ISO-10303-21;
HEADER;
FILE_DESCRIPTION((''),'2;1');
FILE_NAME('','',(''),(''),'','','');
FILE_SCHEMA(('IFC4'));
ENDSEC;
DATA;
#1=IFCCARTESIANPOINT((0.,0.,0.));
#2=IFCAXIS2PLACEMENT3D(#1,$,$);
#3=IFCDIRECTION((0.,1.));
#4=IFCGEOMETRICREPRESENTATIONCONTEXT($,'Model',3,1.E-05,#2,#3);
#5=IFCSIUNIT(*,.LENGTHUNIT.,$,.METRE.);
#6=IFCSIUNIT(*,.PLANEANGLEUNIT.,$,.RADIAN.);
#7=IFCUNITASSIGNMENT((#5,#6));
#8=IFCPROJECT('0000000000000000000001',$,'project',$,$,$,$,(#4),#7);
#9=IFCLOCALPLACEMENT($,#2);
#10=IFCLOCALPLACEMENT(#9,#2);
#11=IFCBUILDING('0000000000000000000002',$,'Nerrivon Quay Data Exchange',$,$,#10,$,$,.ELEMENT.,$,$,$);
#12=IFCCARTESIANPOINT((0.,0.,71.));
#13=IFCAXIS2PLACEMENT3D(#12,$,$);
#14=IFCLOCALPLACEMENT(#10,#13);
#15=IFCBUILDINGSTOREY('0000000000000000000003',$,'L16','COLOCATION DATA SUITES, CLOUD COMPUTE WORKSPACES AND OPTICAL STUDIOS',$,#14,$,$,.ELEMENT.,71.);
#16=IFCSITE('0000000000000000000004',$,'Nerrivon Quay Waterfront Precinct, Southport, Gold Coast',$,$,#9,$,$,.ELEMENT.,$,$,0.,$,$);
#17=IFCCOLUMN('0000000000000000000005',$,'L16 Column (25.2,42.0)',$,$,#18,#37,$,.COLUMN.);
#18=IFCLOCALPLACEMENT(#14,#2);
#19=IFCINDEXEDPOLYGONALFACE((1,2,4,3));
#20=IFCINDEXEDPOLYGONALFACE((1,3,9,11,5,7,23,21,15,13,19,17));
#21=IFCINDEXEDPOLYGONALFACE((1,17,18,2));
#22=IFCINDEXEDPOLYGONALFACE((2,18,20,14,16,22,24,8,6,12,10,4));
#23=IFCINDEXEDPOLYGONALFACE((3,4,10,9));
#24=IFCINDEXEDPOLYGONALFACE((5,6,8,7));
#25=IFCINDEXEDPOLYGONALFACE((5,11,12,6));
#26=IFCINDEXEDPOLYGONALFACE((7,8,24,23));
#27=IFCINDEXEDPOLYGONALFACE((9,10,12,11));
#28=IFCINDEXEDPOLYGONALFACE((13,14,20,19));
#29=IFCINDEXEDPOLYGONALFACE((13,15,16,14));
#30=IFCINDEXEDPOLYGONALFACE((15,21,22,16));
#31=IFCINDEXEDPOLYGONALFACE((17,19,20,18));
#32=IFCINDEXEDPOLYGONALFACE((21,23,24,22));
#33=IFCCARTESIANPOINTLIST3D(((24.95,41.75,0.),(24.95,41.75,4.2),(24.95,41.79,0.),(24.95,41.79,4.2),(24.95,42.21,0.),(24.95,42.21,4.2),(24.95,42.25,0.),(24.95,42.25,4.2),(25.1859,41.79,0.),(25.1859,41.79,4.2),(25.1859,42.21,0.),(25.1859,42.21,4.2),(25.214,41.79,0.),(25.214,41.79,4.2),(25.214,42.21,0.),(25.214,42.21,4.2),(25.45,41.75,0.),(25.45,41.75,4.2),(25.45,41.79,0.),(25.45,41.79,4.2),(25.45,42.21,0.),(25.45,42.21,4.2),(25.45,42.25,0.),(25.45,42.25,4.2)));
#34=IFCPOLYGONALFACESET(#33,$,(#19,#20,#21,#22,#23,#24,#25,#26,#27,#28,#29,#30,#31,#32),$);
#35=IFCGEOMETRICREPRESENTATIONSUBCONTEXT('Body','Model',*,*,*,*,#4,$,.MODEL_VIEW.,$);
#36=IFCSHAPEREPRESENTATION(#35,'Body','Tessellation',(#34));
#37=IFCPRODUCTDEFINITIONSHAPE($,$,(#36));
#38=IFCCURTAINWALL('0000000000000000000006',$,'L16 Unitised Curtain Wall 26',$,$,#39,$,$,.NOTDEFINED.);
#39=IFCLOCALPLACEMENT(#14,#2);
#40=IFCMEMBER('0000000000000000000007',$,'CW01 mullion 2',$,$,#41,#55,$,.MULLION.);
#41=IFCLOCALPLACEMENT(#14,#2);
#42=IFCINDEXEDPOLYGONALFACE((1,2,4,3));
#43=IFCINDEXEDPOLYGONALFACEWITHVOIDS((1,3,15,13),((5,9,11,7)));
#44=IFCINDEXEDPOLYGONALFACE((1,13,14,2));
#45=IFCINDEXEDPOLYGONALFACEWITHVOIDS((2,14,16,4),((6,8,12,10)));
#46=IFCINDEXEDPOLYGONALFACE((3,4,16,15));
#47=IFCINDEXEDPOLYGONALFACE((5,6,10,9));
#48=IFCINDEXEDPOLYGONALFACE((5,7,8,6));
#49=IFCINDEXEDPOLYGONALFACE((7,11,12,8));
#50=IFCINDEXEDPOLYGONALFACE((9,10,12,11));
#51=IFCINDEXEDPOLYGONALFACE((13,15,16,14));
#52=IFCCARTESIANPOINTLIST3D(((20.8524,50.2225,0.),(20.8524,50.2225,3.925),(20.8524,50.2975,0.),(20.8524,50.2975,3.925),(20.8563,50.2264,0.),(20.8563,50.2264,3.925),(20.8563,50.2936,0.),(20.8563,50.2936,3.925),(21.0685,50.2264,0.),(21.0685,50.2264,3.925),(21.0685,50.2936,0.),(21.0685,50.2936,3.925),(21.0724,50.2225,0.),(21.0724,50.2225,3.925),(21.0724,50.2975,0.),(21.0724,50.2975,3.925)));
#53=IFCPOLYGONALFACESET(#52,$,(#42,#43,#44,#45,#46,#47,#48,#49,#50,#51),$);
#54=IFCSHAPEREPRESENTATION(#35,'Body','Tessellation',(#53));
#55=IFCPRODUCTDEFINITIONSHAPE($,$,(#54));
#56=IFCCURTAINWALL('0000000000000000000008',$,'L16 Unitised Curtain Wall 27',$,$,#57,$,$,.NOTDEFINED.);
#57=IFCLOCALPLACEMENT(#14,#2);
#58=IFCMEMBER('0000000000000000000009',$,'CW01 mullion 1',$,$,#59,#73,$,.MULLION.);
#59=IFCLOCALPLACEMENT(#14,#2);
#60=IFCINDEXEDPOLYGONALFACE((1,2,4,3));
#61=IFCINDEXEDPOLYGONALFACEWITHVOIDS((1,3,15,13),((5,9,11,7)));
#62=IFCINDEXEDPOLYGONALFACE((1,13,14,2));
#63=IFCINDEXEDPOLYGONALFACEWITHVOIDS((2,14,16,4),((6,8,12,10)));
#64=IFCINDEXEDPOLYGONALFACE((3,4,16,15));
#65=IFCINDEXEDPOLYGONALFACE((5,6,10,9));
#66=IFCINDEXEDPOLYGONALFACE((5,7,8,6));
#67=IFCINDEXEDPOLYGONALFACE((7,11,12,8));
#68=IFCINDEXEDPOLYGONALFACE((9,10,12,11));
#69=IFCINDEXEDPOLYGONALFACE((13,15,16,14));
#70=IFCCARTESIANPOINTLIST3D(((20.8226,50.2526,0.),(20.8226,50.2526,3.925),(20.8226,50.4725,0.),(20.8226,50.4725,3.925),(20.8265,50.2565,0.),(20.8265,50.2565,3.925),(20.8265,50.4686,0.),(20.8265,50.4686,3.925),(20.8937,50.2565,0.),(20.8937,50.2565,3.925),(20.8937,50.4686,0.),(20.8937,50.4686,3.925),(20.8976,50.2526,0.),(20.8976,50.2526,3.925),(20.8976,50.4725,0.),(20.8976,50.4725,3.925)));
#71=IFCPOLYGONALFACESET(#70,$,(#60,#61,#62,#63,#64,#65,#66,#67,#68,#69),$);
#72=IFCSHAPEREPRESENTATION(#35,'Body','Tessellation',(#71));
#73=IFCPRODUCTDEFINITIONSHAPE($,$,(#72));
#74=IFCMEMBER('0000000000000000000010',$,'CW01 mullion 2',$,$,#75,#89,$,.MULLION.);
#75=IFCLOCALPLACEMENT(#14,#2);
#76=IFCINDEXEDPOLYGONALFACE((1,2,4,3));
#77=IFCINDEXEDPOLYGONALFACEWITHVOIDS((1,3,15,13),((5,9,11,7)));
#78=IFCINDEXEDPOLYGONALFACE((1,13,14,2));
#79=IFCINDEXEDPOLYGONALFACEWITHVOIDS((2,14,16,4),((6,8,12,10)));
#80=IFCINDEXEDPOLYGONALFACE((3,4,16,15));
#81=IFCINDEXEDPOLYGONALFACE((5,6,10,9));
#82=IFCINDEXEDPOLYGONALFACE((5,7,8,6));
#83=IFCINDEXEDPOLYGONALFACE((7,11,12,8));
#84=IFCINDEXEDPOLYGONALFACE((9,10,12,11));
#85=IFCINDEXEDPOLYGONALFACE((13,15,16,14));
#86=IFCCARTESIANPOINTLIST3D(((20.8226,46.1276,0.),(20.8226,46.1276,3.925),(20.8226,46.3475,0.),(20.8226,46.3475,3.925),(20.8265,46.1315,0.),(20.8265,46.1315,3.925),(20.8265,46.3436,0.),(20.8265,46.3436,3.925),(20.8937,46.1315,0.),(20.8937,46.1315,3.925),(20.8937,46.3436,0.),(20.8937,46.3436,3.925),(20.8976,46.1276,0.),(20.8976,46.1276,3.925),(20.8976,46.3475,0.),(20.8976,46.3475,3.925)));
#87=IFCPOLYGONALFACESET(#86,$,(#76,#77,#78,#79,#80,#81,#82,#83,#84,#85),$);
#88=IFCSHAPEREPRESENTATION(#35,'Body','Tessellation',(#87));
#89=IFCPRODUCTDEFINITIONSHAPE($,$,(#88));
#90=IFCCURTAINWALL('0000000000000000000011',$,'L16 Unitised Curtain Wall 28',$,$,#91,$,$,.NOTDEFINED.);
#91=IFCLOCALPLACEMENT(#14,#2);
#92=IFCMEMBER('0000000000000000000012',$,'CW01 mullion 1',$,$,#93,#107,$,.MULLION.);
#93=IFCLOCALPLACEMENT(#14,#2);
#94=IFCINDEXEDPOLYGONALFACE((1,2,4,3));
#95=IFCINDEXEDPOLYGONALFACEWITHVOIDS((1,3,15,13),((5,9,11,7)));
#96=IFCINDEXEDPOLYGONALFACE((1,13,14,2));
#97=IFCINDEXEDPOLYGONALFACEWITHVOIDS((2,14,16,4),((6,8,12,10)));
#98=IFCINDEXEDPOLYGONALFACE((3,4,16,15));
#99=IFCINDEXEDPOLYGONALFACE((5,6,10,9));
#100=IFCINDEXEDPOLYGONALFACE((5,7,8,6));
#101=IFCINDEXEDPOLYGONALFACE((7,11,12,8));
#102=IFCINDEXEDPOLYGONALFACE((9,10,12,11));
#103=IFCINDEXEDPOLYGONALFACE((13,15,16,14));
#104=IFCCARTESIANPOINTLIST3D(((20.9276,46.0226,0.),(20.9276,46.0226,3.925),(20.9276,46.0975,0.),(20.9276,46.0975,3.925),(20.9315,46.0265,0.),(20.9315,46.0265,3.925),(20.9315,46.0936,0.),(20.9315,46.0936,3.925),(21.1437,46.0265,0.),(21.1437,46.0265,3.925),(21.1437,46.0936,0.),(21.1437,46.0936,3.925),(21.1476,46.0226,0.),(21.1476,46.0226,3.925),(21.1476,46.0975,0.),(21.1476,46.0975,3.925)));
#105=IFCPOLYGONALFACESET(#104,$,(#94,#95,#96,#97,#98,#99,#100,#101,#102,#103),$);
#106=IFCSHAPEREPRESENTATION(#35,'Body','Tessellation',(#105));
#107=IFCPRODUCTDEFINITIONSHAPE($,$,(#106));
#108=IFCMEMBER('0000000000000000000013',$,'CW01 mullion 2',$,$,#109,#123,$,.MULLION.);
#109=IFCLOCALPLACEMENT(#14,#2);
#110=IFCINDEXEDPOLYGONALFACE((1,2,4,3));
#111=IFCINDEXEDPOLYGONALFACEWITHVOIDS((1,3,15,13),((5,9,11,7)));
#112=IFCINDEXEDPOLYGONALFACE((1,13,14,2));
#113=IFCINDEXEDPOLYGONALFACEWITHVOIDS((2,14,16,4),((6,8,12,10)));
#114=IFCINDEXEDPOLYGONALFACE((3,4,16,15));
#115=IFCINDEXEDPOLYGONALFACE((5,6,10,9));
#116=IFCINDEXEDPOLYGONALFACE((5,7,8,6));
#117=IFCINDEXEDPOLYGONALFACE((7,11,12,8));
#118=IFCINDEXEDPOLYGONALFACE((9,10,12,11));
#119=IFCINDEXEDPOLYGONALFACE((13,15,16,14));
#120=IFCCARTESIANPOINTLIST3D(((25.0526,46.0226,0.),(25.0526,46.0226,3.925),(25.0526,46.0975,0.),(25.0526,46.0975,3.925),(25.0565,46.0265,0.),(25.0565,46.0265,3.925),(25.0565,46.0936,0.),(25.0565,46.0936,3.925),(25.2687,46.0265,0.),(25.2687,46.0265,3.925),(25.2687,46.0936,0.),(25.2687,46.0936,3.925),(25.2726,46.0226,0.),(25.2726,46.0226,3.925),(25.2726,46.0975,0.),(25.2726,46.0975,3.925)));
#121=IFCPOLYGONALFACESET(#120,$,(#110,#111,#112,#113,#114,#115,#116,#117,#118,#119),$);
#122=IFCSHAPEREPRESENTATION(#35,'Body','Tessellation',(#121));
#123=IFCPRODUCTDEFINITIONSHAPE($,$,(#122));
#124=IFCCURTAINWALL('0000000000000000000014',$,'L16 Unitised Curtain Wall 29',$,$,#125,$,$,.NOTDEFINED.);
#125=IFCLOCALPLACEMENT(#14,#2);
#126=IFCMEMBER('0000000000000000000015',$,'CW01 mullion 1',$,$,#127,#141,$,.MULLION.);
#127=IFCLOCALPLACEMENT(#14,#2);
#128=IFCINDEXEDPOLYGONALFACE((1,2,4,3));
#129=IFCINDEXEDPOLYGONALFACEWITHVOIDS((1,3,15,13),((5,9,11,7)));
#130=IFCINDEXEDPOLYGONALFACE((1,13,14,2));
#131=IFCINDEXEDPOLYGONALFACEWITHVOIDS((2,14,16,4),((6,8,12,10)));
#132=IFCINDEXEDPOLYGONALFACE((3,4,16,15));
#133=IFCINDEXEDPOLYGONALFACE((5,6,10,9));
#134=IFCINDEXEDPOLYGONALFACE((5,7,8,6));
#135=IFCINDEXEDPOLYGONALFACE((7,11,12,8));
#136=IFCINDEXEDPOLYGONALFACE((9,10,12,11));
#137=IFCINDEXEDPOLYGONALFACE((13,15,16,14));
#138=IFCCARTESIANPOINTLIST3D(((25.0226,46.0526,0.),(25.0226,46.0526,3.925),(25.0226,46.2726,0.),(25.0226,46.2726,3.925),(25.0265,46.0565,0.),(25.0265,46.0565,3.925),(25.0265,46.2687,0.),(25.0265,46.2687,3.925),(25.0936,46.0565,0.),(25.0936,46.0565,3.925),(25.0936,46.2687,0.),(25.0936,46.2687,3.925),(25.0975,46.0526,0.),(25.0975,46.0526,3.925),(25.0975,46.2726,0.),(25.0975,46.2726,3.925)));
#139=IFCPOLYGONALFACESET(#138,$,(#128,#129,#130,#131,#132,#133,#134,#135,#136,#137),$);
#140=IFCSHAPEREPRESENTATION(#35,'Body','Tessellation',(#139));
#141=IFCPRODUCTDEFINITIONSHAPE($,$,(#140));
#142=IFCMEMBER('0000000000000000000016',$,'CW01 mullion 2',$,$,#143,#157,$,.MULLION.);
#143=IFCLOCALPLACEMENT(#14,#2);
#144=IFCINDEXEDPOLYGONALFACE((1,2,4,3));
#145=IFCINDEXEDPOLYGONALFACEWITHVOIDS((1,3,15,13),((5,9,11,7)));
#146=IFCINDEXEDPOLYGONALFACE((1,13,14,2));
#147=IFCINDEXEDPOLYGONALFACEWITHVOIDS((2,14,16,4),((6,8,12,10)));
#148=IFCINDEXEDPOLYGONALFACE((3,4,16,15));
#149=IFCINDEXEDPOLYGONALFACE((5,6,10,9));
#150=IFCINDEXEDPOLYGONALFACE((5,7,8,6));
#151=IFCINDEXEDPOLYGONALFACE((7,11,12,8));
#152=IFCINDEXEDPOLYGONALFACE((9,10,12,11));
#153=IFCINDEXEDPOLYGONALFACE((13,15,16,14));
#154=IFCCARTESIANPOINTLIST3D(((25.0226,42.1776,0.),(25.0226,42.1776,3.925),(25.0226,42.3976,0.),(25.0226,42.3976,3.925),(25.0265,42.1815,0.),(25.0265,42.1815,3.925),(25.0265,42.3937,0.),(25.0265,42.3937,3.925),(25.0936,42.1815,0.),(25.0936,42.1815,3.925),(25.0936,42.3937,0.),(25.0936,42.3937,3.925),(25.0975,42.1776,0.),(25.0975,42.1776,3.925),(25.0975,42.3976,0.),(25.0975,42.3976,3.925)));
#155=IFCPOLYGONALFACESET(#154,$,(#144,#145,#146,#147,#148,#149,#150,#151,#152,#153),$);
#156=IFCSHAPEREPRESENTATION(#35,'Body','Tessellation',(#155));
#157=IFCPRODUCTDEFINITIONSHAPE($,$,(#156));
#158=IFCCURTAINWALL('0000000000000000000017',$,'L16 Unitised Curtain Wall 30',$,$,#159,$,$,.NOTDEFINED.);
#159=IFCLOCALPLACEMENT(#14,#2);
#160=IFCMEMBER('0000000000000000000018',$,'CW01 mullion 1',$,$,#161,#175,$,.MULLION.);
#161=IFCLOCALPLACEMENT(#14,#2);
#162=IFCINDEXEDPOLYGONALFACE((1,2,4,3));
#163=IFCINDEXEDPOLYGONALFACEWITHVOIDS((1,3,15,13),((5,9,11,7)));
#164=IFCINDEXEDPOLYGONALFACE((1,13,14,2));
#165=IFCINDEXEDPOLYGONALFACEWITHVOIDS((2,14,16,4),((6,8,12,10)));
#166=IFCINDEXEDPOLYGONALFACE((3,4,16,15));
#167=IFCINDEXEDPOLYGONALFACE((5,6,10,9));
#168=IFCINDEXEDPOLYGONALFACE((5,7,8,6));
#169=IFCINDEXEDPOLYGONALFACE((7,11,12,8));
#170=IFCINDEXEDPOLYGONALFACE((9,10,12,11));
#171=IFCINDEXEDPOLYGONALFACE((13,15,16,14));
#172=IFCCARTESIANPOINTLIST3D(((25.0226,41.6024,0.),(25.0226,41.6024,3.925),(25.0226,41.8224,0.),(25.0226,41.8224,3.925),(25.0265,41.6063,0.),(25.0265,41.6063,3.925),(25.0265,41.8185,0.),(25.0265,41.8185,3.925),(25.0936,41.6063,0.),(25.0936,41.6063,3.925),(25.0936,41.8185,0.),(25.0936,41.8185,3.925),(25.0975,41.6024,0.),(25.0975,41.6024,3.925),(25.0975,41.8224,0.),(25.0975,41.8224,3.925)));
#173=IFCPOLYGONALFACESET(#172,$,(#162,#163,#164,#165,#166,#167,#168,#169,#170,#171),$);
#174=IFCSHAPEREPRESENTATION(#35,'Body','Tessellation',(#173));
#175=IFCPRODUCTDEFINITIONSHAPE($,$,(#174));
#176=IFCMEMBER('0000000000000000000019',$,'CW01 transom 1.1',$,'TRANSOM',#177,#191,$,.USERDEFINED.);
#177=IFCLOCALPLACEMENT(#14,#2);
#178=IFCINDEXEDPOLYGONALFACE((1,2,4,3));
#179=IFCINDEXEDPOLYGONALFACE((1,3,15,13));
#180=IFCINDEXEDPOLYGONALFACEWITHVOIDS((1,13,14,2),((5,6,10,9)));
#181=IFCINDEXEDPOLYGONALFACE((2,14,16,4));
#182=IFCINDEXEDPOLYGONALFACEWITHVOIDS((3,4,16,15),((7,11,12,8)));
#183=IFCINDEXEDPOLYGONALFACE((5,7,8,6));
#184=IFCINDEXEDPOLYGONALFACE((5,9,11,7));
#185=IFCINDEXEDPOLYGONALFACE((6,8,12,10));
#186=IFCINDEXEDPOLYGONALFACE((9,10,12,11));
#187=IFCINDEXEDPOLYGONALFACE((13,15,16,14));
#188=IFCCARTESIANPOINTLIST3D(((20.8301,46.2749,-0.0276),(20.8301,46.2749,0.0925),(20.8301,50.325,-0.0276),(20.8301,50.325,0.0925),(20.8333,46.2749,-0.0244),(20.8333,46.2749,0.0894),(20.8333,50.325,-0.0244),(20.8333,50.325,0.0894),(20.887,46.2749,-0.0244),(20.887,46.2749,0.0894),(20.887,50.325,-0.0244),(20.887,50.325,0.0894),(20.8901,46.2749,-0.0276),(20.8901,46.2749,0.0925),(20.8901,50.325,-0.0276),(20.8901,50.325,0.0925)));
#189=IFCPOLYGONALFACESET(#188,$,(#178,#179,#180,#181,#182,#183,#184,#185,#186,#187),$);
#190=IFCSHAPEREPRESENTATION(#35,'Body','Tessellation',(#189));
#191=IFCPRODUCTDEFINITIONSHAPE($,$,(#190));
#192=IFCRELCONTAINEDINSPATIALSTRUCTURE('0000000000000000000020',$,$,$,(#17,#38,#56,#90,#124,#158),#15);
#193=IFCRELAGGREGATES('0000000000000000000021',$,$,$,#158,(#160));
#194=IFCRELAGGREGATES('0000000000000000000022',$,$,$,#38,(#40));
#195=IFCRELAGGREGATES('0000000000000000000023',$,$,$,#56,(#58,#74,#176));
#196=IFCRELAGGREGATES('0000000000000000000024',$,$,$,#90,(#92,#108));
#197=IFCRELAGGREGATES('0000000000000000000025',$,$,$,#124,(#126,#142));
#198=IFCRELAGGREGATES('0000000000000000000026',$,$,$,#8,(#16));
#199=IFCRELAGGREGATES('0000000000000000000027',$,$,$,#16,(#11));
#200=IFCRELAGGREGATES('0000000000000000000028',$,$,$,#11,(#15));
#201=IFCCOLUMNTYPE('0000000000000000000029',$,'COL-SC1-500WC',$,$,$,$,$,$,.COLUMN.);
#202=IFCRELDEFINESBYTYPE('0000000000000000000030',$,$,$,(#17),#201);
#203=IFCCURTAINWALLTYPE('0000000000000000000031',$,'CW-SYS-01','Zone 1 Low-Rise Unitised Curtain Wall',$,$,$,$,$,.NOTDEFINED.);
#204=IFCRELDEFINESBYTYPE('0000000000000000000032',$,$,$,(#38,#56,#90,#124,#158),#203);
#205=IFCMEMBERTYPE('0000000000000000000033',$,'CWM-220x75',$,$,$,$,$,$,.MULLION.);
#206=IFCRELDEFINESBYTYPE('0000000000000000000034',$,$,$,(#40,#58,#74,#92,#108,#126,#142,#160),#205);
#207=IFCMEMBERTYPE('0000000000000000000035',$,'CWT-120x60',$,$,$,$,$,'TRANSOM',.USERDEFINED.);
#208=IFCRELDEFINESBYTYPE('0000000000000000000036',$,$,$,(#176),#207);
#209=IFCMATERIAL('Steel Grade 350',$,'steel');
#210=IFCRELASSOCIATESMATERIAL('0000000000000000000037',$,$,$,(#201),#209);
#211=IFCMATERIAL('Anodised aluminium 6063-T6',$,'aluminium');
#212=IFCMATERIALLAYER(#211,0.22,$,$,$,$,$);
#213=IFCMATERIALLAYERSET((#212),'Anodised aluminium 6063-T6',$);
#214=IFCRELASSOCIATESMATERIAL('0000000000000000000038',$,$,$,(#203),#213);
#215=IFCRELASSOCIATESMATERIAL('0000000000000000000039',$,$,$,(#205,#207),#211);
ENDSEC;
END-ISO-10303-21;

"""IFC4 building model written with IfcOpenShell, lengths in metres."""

from ifc_helpers import new_model, si_unit, direction, frame, origin, origin_2d, place, context, subcontext, project, spatial, hollow_rectangle, i_section, extrude, material, layer, layer_set, material_profile, profile_set, type_object, element, aggregate, save


model = new_model("IFC4")

# Units and contexts
model_context = context("Model", 3, precision=1e-05, world=origin(), true_north=direction((0.0, 1.0)))
body_context = subcontext(model_context, "Body", "Model", "MODEL_VIEW")
ifc_project = project(units=[si_unit("LENGTHUNIT", "METRE"), si_unit("PLANEANGLEUNIT", "RADIAN")], contexts=[model_context])

# Site, building, storey
site_placement = place(None, origin())
site = spatial("IfcSite", under=ifc_project, at=site_placement, Name="Nerrivon Quay Waterfront Precinct, Southport, Gold Coast", CompositionType="ELEMENT", RefElevation=0.0)
building_placement = place(site_placement, origin())
building = spatial("IfcBuilding", under=site, at=building_placement, Name="Nerrivon Quay Data Exchange", CompositionType="ELEMENT")
storey_placement = place(building_placement, frame((0.0, 0.0, 71.0)))
storey = spatial("IfcBuildingStorey", under=building, at=storey_placement, Name="L16", Description="COLOCATION DATA SUITES, CLOUD COMPUTE WORKSPACES AND OPTICAL STUDIOS", CompositionType="ELEMENT", Elevation=71.0)

# Column
ifc_material_1 = material(Name="Steel Grade 350", Category="steel")
ifc_material_profile_1 = material_profile(ifc_material_1, i_section(OverallWidth=0.5, OverallDepth=0.5, WebThickness=0.0281, FlangeThickness=0.04, at=origin_2d()), Name="500WC440")
ifc_profile_set_1 = profile_set([ifc_material_profile_1], Name="Steel Grade 350")
column_type = type_object("IfcColumnType", Name="COL-SC1-500WC", PredefinedType="COLUMN", material=ifc_profile_set_1)
column_placement = place(storey_placement, frame((25.2, 42.0, 0.0), z_axis=(0.0, 0.0, 1.0), x_axis=(1.0, 0.0, 0.0)))
element("IfcColumn", 1, at=column_placement, inside=storey, type_object=column_type, Name="L16 Column (25.2,42.0)", PredefinedType="COLUMN", context=body_context, shape_type="SweptSolid", body=[
    extrude(i_section(OverallWidth=0.5, OverallDepth=0.5, WebThickness=0.0281, FlangeThickness=0.04, at=origin_2d()), origin(), (0.0, 0.0, 1.0), 4.2),
])

# Curtain wall, member
ifc_material_2 = material(Name="Anodised aluminium 6063-T6", Category="aluminium")
ifc_layer_1 = layer(ifc_material_2, 0.22)
ifc_layer_set_1 = layer_set([ifc_layer_1], Name="Anodised aluminium 6063-T6")
curtain_wall_type = type_object("IfcCurtainWallType", Name="CW-SYS-01", Description="Zone 1 Low-Rise Unitised Curtain Wall", PredefinedType="NOTDEFINED", material=ifc_layer_set_1)
curtain_wall_1_placement = place(storey_placement, origin())
curtain_wall_1 = element("IfcCurtainWall", 2, at=curtain_wall_1_placement, inside=storey, type_object=curtain_wall_type, Name="L16 Unitised Curtain Wall 26", PredefinedType="NOTDEFINED")
ifc_material_profile_2 = material_profile(ifc_material_2, hollow_rectangle(XDim=0.075, YDim=0.22, WallThickness=0.0039, at=origin_2d()), Name="ALU-MULL-220x75")
ifc_profile_set_2 = profile_set([ifc_material_profile_2], Name="Anodised aluminium 6063-T6")
member_type_1 = type_object("IfcMemberType", Name="CWM-220x75", PredefinedType="MULLION", material=ifc_profile_set_2)
member_1_placement = place(storey_placement, frame((20.9624, 50.26, 0.0), z_axis=(0.0, 0.0, 1.0), x_axis=(0.0, 1.0, 0.0)))
member_1 = element("IfcMember", 3, at=member_1_placement, type_object=member_type_1, Name="CW01 mullion 2", PredefinedType="MULLION", context=body_context, shape_type="SweptSolid", body=[
    extrude(hollow_rectangle(XDim=0.075, YDim=0.22, WallThickness=0.0039, at=origin_2d()), origin(), (0.0, 0.0, 1.0), 3.925),
])

# Curtain walls, members
curtain_wall_2_placement = place(storey_placement, origin())
curtain_wall_2 = element("IfcCurtainWall", 4, at=curtain_wall_2_placement, inside=storey, type_object=curtain_wall_type, Name="L16 Unitised Curtain Wall 27", PredefinedType="NOTDEFINED")
member_2_placement = place(storey_placement, frame((20.8601, 50.3625, 0.0), z_axis=(0.0, 0.0, 1.0), x_axis=(1.0, 0.0, 0.0)))
member_2 = element("IfcMember", 5, at=member_2_placement, type_object=member_type_1, Name="CW01 mullion 1", PredefinedType="MULLION", context=body_context, shape_type="SweptSolid", body=[
    extrude(hollow_rectangle(XDim=0.075, YDim=0.22, WallThickness=0.0039, at=origin_2d()), origin(), (0.0, 0.0, 1.0), 3.925),
])
member_3_placement = place(storey_placement, frame((20.8601, 46.2375, 0.0), z_axis=(0.0, 0.0, 1.0), x_axis=(1.0, 0.0, 0.0)))
member_3 = element("IfcMember", 6, at=member_3_placement, type_object=member_type_1, Name="CW01 mullion 2", PredefinedType="MULLION", context=body_context, shape_type="SweptSolid", body=[
    extrude(hollow_rectangle(XDim=0.075, YDim=0.22, WallThickness=0.0039, at=origin_2d()), origin(), (0.0, 0.0, 1.0), 3.925),
])
curtain_wall_3_placement = place(storey_placement, origin())
curtain_wall_3 = element("IfcCurtainWall", 7, at=curtain_wall_3_placement, inside=storey, type_object=curtain_wall_type, Name="L16 Unitised Curtain Wall 28", PredefinedType="NOTDEFINED")
member_4_placement = place(storey_placement, frame((21.0376, 46.0601, 0.0), z_axis=(0.0, 0.0, 1.0), x_axis=(0.0, 1.0, 0.0)))
member_4 = element("IfcMember", 8, at=member_4_placement, type_object=member_type_1, Name="CW01 mullion 1", PredefinedType="MULLION", context=body_context, shape_type="SweptSolid", body=[
    extrude(hollow_rectangle(XDim=0.075, YDim=0.22, WallThickness=0.0039, at=origin_2d()), origin(), (0.0, 0.0, 1.0), 3.925),
])
member_5_placement = place(storey_placement, frame((25.1626, 46.0601, 0.0), z_axis=(0.0, 0.0, 1.0), x_axis=(0.0, 1.0, 0.0)))
member_5 = element("IfcMember", 9, at=member_5_placement, type_object=member_type_1, Name="CW01 mullion 2", PredefinedType="MULLION", context=body_context, shape_type="SweptSolid", body=[
    extrude(hollow_rectangle(XDim=0.075, YDim=0.22, WallThickness=0.0039, at=origin_2d()), origin(), (0.0, 0.0, 1.0), 3.925),
])
curtain_wall_4_placement = place(storey_placement, origin())
curtain_wall_4 = element("IfcCurtainWall", 10, at=curtain_wall_4_placement, inside=storey, type_object=curtain_wall_type, Name="L16 Unitised Curtain Wall 29", PredefinedType="NOTDEFINED")
member_6_placement = place(storey_placement, frame((25.0601, 46.1626, 0.0), z_axis=(0.0, 0.0, 1.0), x_axis=(1.0, 0.0, 0.0)))
member_6 = element("IfcMember", 11, at=member_6_placement, type_object=member_type_1, Name="CW01 mullion 1", PredefinedType="MULLION", context=body_context, shape_type="SweptSolid", body=[
    extrude(hollow_rectangle(XDim=0.075, YDim=0.22, WallThickness=0.0039, at=origin_2d()), origin(), (0.0, 0.0, 1.0), 3.925),
])
member_7_placement = place(storey_placement, frame((25.0601, 42.2876, 0.0), z_axis=(0.0, 0.0, 1.0), x_axis=(1.0, 0.0, 0.0)))
member_7 = element("IfcMember", 12, at=member_7_placement, type_object=member_type_1, Name="CW01 mullion 2", PredefinedType="MULLION", context=body_context, shape_type="SweptSolid", body=[
    extrude(hollow_rectangle(XDim=0.075, YDim=0.22, WallThickness=0.0039, at=origin_2d()), origin(), (0.0, 0.0, 1.0), 3.925),
])

# Curtain wall, member
curtain_wall_5_placement = place(storey_placement, origin())
curtain_wall_5 = element("IfcCurtainWall", 13, at=curtain_wall_5_placement, inside=storey, type_object=curtain_wall_type, Name="L16 Unitised Curtain Wall 30", PredefinedType="NOTDEFINED")
member_8_placement = place(storey_placement, frame((25.0601, 41.7124, 0.0), z_axis=(0.0, 0.0, 1.0), x_axis=(1.0, 0.0, 0.0)))
member_8 = element("IfcMember", 14, at=member_8_placement, type_object=member_type_1, Name="CW01 mullion 1", PredefinedType="MULLION", context=body_context, shape_type="SweptSolid", body=[
    extrude(hollow_rectangle(XDim=0.075, YDim=0.22, WallThickness=0.0039, at=origin_2d()), origin(), (0.0, 0.0, 1.0), 3.925),
])

# Member
ifc_material_profile_3 = material_profile(ifc_material_2, hollow_rectangle(XDim=0.0601, YDim=0.1201, WallThickness=0.0032, at=origin_2d()), Name="ALU-TRAN-120x60")
ifc_profile_set_3 = profile_set([ifc_material_profile_3], Name="Anodised aluminium 6063-T6")
member_type_2 = type_object("IfcMemberType", Name="CWT-120x60", ElementType="TRANSOM", PredefinedType="USERDEFINED", material=ifc_profile_set_3)
member_9_placement = place(storey_placement, frame((20.8601, 50.325, 0.0325), z_axis=(0.0, -1.0, 0.0), x_axis=(1.0, 0.0, 0.0)))
member_9 = element("IfcMember", 15, at=member_9_placement, type_object=member_type_2, Name="CW01 transom 1.1", ObjectType="TRANSOM", PredefinedType="USERDEFINED", context=body_context, shape_type="SweptSolid", body=[
    extrude(hollow_rectangle(XDim=0.0601, YDim=0.1201, WallThickness=0.0032, at=origin_2d()), origin(), (0.0, 0.0, 1.0), 4.05),
])
aggregate(curtain_wall_5, [member_8])

aggregate(curtain_wall_1, [member_1])
aggregate(curtain_wall_2, [member_2, member_3, member_9])
aggregate(curtain_wall_3, [member_4, member_5])
aggregate(curtain_wall_4, [member_6, member_7])

save(model, "model.ifc")
